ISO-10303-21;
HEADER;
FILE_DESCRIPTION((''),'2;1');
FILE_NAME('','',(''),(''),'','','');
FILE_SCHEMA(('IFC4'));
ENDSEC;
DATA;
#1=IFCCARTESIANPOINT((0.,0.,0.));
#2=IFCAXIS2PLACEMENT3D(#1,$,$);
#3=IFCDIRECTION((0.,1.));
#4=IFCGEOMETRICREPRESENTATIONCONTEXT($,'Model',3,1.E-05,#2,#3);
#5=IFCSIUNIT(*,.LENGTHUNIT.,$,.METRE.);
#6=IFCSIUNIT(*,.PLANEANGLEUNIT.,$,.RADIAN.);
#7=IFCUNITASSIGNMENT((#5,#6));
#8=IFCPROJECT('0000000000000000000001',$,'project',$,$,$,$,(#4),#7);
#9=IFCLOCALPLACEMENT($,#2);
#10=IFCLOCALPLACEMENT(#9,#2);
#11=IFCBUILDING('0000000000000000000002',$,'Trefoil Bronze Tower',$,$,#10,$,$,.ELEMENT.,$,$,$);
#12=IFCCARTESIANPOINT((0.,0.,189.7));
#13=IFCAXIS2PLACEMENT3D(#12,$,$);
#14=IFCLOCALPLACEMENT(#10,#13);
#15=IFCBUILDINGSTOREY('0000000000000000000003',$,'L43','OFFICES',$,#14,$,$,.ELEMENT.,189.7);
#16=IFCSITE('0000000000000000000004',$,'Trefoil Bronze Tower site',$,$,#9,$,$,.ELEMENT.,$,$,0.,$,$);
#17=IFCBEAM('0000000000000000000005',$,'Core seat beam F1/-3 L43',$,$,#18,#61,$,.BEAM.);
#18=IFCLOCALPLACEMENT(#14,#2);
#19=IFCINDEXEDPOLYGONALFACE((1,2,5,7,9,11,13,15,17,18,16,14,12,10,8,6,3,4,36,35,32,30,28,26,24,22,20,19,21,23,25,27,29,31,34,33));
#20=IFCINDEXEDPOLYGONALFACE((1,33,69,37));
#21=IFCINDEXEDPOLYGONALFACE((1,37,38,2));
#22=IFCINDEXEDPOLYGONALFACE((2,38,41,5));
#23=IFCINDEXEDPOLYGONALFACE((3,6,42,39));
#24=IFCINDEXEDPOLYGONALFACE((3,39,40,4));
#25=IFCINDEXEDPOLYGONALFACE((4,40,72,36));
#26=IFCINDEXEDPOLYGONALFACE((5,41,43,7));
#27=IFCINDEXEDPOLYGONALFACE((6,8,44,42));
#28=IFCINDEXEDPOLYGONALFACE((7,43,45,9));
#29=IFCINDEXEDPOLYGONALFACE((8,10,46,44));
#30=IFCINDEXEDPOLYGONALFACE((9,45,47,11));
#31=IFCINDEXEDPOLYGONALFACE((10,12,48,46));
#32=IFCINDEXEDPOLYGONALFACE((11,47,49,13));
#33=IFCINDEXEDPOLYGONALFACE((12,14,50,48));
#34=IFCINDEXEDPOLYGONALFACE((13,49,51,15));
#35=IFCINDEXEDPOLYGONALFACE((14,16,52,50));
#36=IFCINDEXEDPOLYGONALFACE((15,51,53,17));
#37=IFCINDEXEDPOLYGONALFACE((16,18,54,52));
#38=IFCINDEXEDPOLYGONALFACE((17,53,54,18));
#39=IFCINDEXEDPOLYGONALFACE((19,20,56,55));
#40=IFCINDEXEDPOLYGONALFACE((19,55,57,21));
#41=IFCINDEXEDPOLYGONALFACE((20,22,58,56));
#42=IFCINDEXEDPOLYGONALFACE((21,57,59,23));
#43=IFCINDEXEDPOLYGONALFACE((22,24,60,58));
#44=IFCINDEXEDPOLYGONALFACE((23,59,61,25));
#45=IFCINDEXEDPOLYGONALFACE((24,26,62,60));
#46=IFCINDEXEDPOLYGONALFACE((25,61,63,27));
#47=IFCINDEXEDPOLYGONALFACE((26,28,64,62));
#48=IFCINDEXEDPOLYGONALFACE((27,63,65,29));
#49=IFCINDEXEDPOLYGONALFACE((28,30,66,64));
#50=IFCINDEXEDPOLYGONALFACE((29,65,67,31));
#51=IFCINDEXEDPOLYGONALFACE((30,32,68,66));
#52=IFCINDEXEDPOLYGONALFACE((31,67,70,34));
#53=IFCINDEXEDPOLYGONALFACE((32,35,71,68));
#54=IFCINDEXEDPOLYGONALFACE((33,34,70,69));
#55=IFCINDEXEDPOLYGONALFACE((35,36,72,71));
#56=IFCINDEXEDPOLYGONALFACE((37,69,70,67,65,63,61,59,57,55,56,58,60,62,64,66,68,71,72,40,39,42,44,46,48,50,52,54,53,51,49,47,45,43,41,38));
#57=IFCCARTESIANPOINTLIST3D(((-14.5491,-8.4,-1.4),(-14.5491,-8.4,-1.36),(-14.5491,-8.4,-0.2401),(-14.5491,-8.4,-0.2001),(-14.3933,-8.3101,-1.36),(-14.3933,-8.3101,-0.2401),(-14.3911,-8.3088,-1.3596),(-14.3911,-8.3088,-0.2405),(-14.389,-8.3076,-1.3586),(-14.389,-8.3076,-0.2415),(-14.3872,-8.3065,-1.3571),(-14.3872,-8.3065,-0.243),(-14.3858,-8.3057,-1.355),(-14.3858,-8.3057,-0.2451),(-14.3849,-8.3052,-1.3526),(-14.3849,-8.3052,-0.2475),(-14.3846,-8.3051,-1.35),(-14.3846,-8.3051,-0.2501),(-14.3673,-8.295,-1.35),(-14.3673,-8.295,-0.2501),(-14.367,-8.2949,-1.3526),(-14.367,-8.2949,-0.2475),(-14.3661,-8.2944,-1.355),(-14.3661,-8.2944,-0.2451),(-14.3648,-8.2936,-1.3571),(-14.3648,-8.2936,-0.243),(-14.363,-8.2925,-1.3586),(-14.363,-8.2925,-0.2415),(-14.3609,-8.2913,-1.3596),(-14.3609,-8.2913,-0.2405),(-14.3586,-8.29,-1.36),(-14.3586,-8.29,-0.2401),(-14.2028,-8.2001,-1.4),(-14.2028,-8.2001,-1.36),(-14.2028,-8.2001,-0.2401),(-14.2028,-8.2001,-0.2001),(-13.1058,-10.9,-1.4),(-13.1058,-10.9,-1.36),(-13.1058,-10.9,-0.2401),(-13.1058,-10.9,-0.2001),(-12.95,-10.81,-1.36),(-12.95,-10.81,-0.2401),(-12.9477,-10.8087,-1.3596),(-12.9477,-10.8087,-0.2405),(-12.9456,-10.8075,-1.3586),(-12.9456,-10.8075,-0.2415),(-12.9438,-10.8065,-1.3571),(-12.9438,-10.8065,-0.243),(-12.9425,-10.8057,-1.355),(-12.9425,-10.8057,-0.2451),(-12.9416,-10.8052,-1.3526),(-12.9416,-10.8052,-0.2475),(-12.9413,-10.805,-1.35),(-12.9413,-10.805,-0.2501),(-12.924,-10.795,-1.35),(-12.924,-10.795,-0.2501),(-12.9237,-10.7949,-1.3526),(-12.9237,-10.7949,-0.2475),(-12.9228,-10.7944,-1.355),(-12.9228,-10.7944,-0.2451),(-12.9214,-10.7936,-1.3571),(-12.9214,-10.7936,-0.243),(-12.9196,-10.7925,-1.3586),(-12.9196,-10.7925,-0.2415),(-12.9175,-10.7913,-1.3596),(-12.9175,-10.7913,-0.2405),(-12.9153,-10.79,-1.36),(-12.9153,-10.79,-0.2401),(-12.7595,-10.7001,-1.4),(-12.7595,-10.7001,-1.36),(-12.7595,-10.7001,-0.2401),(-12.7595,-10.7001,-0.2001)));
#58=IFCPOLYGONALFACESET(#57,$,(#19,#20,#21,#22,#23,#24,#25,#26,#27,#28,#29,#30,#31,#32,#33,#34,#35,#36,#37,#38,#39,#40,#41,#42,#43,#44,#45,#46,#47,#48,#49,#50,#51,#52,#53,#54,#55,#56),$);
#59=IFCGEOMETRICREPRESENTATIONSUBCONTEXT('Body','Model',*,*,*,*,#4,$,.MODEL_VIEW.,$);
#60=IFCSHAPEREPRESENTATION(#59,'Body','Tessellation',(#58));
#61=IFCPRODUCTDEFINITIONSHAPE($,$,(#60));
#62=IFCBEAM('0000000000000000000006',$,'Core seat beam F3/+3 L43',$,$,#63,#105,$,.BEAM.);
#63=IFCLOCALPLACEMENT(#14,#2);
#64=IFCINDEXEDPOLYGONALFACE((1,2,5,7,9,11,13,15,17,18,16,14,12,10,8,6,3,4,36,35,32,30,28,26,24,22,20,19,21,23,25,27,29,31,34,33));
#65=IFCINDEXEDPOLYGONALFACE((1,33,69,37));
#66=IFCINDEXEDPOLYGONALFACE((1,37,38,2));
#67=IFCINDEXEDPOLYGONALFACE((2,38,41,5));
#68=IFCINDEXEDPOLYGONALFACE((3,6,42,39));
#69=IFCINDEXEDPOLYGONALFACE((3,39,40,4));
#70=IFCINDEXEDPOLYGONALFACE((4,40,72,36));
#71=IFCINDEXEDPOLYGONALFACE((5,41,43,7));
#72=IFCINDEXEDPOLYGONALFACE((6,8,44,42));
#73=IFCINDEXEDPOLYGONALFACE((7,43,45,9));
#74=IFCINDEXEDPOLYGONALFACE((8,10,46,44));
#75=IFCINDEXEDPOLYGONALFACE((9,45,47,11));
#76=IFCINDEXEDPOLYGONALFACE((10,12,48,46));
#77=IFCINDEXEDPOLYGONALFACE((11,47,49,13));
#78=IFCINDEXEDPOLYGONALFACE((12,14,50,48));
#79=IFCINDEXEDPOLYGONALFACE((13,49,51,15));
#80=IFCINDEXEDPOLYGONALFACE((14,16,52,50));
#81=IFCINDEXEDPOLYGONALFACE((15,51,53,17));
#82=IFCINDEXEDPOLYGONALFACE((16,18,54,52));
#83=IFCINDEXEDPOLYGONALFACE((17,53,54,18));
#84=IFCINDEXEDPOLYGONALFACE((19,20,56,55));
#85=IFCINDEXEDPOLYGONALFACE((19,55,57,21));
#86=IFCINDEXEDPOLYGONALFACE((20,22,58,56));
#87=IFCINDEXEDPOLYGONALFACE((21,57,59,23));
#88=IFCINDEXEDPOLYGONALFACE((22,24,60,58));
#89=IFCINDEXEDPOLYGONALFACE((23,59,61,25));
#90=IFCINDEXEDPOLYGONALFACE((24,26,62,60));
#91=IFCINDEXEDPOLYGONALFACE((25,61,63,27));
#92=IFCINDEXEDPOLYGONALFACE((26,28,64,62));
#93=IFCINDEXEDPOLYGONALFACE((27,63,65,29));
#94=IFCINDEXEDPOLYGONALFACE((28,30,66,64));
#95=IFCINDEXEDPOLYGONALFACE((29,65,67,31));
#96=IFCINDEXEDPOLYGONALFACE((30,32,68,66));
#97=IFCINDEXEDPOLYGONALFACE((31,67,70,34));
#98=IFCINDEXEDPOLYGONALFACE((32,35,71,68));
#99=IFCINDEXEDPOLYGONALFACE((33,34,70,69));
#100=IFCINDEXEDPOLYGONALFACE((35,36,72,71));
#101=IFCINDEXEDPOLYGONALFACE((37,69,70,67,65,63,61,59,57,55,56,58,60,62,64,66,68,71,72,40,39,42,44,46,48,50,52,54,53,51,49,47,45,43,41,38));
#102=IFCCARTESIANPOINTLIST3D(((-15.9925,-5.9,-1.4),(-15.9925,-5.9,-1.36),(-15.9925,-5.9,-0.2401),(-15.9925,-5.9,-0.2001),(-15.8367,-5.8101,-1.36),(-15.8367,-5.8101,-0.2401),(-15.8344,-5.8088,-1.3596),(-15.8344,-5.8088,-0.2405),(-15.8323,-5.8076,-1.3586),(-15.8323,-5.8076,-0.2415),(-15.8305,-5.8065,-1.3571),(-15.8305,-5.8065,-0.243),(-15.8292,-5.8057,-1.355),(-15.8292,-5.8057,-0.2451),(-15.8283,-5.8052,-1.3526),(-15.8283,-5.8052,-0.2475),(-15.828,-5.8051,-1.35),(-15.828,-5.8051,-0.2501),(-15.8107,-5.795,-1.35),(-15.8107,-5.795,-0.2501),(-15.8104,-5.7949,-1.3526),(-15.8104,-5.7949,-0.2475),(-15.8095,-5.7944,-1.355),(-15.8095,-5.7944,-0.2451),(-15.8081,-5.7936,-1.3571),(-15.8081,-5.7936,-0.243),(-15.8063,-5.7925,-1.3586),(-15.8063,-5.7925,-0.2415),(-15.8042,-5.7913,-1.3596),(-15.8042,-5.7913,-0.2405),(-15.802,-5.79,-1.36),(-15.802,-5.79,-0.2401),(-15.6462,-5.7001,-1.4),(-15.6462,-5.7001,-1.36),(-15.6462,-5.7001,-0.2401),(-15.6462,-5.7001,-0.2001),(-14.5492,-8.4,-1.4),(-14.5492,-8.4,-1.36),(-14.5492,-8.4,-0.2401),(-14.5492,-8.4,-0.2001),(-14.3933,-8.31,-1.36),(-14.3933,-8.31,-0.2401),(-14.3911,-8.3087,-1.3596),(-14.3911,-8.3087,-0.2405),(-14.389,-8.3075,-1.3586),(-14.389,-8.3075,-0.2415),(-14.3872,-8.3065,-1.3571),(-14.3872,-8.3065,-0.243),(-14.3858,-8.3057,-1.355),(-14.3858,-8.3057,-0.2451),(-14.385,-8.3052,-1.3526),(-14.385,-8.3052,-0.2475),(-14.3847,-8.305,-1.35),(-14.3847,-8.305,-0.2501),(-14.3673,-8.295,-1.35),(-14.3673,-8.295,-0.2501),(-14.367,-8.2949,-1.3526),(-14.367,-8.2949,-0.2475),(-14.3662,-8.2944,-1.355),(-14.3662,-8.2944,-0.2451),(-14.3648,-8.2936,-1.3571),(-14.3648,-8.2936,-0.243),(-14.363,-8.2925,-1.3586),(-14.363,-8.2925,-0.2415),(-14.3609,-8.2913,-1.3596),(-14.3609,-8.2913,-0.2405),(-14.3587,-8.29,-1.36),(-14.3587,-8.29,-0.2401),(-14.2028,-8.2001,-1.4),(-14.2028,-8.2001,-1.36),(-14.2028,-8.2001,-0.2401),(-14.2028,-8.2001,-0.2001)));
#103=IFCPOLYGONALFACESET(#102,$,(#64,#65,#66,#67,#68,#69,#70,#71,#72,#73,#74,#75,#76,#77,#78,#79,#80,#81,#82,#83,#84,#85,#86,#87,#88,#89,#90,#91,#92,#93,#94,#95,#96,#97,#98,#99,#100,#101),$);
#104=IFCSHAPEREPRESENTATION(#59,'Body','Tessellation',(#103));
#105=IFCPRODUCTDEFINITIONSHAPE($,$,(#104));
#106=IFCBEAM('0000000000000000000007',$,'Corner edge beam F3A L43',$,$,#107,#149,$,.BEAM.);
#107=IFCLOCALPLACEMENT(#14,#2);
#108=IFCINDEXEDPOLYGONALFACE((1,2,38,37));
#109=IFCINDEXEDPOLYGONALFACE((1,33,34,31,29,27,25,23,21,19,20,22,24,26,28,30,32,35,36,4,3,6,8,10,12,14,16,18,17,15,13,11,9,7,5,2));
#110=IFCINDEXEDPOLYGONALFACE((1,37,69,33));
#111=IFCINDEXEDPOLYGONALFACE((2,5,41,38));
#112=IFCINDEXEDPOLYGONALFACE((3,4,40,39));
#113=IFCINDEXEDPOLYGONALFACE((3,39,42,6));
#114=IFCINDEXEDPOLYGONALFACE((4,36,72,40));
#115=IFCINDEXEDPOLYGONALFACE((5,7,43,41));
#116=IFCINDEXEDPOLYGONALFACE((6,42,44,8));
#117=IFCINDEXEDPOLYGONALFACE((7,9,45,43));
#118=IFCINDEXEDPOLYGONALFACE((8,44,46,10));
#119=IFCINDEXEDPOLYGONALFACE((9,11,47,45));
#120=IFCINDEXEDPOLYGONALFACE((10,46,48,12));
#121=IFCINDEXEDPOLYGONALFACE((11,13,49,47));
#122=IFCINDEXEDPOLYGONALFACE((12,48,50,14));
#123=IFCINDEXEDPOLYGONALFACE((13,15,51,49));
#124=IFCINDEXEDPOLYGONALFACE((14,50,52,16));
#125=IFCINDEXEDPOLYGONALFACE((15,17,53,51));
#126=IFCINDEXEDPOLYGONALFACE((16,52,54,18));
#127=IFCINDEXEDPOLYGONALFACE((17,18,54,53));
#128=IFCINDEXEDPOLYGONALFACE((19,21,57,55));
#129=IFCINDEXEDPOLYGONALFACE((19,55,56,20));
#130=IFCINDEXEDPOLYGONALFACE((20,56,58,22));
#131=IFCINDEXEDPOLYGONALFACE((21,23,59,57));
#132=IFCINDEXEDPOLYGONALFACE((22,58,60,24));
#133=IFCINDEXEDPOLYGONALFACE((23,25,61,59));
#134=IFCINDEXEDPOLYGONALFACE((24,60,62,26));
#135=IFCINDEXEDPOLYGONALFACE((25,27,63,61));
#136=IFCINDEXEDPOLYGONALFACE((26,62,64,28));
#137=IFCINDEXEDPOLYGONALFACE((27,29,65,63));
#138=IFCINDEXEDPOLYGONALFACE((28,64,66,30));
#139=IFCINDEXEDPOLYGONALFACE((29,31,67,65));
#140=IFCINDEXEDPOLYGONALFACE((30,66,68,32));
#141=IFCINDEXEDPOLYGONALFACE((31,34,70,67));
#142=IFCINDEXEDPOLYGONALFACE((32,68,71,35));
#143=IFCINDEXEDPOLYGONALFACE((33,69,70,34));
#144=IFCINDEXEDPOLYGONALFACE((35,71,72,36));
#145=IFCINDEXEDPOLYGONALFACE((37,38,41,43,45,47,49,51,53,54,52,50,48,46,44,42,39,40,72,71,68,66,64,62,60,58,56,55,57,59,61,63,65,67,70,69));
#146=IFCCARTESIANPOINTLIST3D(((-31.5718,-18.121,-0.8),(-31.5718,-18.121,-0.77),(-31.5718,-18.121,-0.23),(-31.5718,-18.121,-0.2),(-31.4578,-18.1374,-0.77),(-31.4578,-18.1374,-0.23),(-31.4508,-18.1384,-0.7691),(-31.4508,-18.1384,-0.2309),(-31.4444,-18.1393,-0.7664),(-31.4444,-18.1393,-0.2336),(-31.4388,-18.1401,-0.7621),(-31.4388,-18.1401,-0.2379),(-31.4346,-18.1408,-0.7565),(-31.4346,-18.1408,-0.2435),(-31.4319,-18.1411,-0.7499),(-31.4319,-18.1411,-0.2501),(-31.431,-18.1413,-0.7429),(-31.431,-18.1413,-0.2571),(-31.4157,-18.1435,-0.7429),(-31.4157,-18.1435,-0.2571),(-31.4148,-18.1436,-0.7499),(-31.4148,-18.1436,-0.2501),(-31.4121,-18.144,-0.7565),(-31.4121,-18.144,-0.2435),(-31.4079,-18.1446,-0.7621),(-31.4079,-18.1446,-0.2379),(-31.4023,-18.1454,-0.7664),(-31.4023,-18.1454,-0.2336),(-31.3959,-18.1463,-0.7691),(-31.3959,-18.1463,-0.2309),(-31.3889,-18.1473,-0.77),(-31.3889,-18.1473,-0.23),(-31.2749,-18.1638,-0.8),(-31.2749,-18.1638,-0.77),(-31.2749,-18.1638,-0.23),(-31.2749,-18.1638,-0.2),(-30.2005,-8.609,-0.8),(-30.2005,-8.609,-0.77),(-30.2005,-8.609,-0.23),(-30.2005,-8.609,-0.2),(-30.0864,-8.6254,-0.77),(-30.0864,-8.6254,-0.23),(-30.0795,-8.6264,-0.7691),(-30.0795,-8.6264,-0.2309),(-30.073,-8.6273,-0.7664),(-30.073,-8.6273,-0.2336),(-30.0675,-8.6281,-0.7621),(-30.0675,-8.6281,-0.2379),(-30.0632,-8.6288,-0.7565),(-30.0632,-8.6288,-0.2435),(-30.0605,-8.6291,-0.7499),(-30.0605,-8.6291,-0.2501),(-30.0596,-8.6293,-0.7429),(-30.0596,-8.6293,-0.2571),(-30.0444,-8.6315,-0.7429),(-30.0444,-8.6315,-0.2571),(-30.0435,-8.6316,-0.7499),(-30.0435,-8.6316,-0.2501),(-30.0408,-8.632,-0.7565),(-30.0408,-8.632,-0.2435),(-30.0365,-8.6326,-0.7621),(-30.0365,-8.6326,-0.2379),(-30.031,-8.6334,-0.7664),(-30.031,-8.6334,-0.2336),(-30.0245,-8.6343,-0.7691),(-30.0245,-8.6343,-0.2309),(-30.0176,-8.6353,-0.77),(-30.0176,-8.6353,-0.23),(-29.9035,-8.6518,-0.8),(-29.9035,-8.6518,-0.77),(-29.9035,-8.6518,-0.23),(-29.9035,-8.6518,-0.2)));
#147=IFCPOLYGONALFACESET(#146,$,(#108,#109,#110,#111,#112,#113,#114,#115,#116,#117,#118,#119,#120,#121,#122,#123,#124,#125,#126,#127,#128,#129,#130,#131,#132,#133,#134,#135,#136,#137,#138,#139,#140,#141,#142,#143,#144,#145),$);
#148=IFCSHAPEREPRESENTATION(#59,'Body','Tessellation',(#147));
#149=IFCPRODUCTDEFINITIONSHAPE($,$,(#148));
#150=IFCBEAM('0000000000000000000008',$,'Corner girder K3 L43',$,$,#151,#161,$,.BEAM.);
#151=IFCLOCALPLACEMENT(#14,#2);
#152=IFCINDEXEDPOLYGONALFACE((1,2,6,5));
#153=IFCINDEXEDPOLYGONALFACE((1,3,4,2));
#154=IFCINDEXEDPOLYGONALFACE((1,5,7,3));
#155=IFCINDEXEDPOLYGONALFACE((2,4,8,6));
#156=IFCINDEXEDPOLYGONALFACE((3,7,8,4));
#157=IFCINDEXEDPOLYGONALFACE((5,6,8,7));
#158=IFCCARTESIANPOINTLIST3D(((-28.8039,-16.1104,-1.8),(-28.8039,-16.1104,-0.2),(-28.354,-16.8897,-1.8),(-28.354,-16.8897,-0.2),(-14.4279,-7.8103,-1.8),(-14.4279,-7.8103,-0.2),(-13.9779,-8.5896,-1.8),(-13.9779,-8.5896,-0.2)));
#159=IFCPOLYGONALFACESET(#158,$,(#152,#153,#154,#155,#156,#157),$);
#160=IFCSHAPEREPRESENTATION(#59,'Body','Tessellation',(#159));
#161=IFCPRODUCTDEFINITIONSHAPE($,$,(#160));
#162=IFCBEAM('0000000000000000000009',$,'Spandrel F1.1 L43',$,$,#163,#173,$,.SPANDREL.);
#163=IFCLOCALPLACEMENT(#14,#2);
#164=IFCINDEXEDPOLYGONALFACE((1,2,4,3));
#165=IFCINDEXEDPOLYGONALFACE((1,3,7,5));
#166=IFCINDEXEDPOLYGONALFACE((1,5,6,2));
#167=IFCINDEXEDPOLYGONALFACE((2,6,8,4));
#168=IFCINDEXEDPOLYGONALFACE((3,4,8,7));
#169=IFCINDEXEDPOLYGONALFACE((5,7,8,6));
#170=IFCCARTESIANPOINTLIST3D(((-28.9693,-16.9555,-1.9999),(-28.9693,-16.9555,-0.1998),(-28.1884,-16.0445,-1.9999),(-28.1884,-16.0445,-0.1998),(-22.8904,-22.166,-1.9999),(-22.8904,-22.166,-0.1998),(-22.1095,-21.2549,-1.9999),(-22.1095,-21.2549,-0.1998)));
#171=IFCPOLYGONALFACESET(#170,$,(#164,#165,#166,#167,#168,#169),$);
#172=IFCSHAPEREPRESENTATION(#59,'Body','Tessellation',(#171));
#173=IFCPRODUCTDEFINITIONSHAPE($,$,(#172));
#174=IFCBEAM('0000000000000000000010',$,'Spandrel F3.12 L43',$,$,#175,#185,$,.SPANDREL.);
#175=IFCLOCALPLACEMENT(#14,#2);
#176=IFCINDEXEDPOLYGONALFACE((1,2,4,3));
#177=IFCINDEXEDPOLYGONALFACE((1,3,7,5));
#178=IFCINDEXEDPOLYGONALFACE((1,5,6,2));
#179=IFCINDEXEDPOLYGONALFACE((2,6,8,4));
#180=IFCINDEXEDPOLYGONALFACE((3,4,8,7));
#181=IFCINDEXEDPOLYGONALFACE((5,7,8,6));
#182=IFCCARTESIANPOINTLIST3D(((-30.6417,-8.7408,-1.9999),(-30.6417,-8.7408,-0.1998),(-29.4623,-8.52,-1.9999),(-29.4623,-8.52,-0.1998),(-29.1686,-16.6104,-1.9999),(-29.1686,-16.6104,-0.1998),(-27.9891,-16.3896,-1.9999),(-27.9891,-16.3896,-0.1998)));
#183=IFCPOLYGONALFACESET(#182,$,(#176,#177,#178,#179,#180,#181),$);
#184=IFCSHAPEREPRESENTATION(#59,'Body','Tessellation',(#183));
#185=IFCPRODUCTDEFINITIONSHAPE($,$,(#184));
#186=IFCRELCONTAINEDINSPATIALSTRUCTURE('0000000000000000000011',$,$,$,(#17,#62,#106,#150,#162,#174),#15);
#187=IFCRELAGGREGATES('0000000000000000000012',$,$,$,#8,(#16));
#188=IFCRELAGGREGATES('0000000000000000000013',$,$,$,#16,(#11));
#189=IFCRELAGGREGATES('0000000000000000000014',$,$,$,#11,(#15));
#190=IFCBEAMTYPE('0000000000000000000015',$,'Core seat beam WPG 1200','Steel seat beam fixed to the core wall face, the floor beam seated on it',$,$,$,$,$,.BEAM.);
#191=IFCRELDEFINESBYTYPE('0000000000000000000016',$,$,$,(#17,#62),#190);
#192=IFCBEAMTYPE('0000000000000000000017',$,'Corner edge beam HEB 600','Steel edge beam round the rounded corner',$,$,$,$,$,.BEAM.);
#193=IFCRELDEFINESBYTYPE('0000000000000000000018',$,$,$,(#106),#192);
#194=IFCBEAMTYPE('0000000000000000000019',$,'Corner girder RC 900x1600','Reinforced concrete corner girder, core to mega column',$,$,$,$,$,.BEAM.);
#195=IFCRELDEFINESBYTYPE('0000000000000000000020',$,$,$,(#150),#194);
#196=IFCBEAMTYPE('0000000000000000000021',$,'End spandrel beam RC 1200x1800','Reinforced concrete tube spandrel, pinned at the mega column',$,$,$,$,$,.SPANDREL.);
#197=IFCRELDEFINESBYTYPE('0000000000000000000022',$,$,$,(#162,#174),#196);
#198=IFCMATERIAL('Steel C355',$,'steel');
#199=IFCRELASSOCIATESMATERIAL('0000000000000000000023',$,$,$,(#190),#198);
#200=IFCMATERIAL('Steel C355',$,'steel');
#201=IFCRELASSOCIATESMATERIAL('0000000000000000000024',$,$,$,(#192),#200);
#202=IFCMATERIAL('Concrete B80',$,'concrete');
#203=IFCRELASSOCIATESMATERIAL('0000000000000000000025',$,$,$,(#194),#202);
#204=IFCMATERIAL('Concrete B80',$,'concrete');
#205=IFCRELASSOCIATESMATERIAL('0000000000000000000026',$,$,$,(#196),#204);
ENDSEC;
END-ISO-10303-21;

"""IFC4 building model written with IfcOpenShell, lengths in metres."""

from ifc_helpers import new_model, si_unit, direction, frame, origin, origin_2d, place, context, subcontext, project, spatial, rectangle, i_section, extrude, material, material_profile, profile_set, type_object, element, save


model = new_model("IFC4")

# Units and contexts
model_context = context("Model", 3, precision=1e-05, world=origin(), true_north=direction((0.0, 1.0)))
body_context = subcontext(model_context, "Body", "Model", "MODEL_VIEW")
ifc_project = project(units=[si_unit("LENGTHUNIT", "METRE"), si_unit("PLANEANGLEUNIT", "RADIAN")], contexts=[model_context])

# Site, building, storey
site_placement = place(None, origin())
site = spatial("IfcSite", under=ifc_project, at=site_placement, Name="Trefoil Bronze Tower site", CompositionType="ELEMENT", RefElevation=0.0)
building_placement = place(site_placement, origin())
building = spatial("IfcBuilding", under=site, at=building_placement, Name="Trefoil Bronze Tower", CompositionType="ELEMENT")
storey_placement = place(building_placement, frame((0.0, 0.0, 189.7)))
storey = spatial("IfcBuildingStorey", under=building, at=storey_placement, Name="L43", Description="OFFICES", CompositionType="ELEMENT", Elevation=189.7)

# Beams
ifc_material_1 = material(Name="Steel C355", Category="steel")
ifc_material_profile_1 = material_profile(ifc_material_1, i_section(OverallWidth=0.3999, OverallDepth=1.2, WebThickness=0.02, FlangeThickness=0.04, FilletRadius=0.01, at=origin_2d()), Name="WPG 1200")
ifc_profile_set_1 = profile_set([ifc_material_profile_1], Name="Steel C355")
beam_type_1 = type_object("IfcBeamType", Name="Core seat beam WPG 1200", Description="Steel seat beam fixed to the core wall face, the floor beam seated on it", PredefinedType="BEAM", material=ifc_profile_set_1)
for number, where, z_axis, x_axis, name in (
    (1, (-14.376, -8.3, -0.8), (0.499996, -0.866028, 0.0), (0.866028, 0.499996, 0.0), "Core seat beam F1/-3 L43"),
    (2, (-15.8193, -5.8, -0.8), (0.499996, -0.866028, 0.0), (0.866028, 0.499996, 0.0), "Core seat beam F3/+3 L43"),
):
    element("IfcBeam", number, at=place(storey_placement, frame(where, z_axis=z_axis, x_axis=x_axis)), inside=storey, type_object=beam_type_1, Name=name, PredefinedType="BEAM", context=body_context, shape_type="SweptSolid", body=[
        extrude(i_section(OverallWidth=0.3999, OverallDepth=1.2, WebThickness=0.02, FlangeThickness=0.04, FilletRadius=0.01, at=origin_2d()), origin(), (0.0, 0.0, 1.0), 2.8867),
    ])
ifc_material_2 = material(Name="Steel C355", Category="steel")
ifc_material_profile_2 = material_profile(ifc_material_2, i_section(OverallWidth=0.3, OverallDepth=0.6001, WebThickness=0.0154, FlangeThickness=0.03, FilletRadius=0.0271, at=origin_2d()), Name="HEB 600")
ifc_profile_set_2 = profile_set([ifc_material_profile_2], Name="Steel C355")
beam_type_2 = type_object("IfcBeamType", Name="Corner edge beam HEB 600", Description="Steel edge beam round the rounded corner", PredefinedType="BEAM", material=ifc_profile_set_2)
beam_1_placement = place(storey_placement, frame((-30.052, -8.6304, -0.5), z_axis=(-0.142694, -0.989767, 0.0), x_axis=(0.989767, -0.142694, 0.0)))
element("IfcBeam", 3, at=beam_1_placement, inside=storey, type_object=beam_type_2, Name="Corner edge beam F3A L43", PredefinedType="BEAM", context=body_context, shape_type="SweptSolid", body=[
    extrude(i_section(OverallWidth=0.3, OverallDepth=0.6001, WebThickness=0.0154, FlangeThickness=0.03, FilletRadius=0.0271, at=origin_2d()), origin(), (0.0, 0.0, 1.0), 9.6104),
])
ifc_material_3 = material(Name="Concrete B80", Category="concrete")
ifc_material_profile_3 = material_profile(ifc_material_3, rectangle(XDim=0.8999, YDim=1.6001, at=origin_2d()), Name="RC 900x1600")
ifc_profile_set_3 = profile_set([ifc_material_profile_3], Name="Concrete B80")
beam_type_3 = type_object("IfcBeamType", Name="Corner girder RC 900x1600", Description="Reinforced concrete corner girder, core to mega column", PredefinedType="BEAM", material=ifc_profile_set_3)
beam_2_placement = place(storey_placement, frame((-14.2029, -8.2, -1.0), z_axis=(-0.866023, -0.500003, 0.0), x_axis=(0.500003, -0.866023, 0.0)))
element("IfcBeam", 4, at=beam_2_placement, inside=storey, type_object=beam_type_3, Name="Corner girder K3 L43", PredefinedType="BEAM", context=body_context, shape_type="SweptSolid", body=[
    extrude(rectangle(XDim=0.8999, YDim=1.6001, at=origin_2d()), origin(), (0.0, 0.0, 1.0), 16.6001),
])
ifc_material_4 = material(Name="Concrete B80", Category="concrete")
ifc_material_profile_4 = material_profile(ifc_material_4, rectangle(XDim=1.2, YDim=1.8, at=origin_2d()), Name="RC 1200x1800")
ifc_profile_set_4 = profile_set([ifc_material_profile_4], Name="Concrete B80")
beam_type_4 = type_object("IfcBeamType", Name="End spandrel beam RC 1200x1800", Description="Reinforced concrete tube spandrel, pinned at the mega column", PredefinedType="SPANDREL", material=ifc_profile_set_4)
for number, where, z_axis, x_axis, name in (
    (5, (-28.5789, -16.5, -1.0999), (0.759257, -0.650791, 0.0), (0.650791, 0.759257, 0.0), "Spandrel F1.1 L43"),
    (6, (-30.052, -8.6304, -1.0999), (0.183998, -0.982927, 0.0), (0.982927, 0.183998, 0.0), "Spandrel F3.12 L43"),
):
    element("IfcBeam", number, at=place(storey_placement, frame(where, z_axis=z_axis, x_axis=x_axis)), inside=storey, type_object=beam_type_4, Name=name, PredefinedType="SPANDREL", context=body_context, shape_type="SweptSolid", body=[
        extrude(rectangle(XDim=1.2, YDim=1.8, at=origin_2d()), origin(), (0.0, 0.0, 1.0), 8.0063),
    ])

save(model, "model.ifc")
